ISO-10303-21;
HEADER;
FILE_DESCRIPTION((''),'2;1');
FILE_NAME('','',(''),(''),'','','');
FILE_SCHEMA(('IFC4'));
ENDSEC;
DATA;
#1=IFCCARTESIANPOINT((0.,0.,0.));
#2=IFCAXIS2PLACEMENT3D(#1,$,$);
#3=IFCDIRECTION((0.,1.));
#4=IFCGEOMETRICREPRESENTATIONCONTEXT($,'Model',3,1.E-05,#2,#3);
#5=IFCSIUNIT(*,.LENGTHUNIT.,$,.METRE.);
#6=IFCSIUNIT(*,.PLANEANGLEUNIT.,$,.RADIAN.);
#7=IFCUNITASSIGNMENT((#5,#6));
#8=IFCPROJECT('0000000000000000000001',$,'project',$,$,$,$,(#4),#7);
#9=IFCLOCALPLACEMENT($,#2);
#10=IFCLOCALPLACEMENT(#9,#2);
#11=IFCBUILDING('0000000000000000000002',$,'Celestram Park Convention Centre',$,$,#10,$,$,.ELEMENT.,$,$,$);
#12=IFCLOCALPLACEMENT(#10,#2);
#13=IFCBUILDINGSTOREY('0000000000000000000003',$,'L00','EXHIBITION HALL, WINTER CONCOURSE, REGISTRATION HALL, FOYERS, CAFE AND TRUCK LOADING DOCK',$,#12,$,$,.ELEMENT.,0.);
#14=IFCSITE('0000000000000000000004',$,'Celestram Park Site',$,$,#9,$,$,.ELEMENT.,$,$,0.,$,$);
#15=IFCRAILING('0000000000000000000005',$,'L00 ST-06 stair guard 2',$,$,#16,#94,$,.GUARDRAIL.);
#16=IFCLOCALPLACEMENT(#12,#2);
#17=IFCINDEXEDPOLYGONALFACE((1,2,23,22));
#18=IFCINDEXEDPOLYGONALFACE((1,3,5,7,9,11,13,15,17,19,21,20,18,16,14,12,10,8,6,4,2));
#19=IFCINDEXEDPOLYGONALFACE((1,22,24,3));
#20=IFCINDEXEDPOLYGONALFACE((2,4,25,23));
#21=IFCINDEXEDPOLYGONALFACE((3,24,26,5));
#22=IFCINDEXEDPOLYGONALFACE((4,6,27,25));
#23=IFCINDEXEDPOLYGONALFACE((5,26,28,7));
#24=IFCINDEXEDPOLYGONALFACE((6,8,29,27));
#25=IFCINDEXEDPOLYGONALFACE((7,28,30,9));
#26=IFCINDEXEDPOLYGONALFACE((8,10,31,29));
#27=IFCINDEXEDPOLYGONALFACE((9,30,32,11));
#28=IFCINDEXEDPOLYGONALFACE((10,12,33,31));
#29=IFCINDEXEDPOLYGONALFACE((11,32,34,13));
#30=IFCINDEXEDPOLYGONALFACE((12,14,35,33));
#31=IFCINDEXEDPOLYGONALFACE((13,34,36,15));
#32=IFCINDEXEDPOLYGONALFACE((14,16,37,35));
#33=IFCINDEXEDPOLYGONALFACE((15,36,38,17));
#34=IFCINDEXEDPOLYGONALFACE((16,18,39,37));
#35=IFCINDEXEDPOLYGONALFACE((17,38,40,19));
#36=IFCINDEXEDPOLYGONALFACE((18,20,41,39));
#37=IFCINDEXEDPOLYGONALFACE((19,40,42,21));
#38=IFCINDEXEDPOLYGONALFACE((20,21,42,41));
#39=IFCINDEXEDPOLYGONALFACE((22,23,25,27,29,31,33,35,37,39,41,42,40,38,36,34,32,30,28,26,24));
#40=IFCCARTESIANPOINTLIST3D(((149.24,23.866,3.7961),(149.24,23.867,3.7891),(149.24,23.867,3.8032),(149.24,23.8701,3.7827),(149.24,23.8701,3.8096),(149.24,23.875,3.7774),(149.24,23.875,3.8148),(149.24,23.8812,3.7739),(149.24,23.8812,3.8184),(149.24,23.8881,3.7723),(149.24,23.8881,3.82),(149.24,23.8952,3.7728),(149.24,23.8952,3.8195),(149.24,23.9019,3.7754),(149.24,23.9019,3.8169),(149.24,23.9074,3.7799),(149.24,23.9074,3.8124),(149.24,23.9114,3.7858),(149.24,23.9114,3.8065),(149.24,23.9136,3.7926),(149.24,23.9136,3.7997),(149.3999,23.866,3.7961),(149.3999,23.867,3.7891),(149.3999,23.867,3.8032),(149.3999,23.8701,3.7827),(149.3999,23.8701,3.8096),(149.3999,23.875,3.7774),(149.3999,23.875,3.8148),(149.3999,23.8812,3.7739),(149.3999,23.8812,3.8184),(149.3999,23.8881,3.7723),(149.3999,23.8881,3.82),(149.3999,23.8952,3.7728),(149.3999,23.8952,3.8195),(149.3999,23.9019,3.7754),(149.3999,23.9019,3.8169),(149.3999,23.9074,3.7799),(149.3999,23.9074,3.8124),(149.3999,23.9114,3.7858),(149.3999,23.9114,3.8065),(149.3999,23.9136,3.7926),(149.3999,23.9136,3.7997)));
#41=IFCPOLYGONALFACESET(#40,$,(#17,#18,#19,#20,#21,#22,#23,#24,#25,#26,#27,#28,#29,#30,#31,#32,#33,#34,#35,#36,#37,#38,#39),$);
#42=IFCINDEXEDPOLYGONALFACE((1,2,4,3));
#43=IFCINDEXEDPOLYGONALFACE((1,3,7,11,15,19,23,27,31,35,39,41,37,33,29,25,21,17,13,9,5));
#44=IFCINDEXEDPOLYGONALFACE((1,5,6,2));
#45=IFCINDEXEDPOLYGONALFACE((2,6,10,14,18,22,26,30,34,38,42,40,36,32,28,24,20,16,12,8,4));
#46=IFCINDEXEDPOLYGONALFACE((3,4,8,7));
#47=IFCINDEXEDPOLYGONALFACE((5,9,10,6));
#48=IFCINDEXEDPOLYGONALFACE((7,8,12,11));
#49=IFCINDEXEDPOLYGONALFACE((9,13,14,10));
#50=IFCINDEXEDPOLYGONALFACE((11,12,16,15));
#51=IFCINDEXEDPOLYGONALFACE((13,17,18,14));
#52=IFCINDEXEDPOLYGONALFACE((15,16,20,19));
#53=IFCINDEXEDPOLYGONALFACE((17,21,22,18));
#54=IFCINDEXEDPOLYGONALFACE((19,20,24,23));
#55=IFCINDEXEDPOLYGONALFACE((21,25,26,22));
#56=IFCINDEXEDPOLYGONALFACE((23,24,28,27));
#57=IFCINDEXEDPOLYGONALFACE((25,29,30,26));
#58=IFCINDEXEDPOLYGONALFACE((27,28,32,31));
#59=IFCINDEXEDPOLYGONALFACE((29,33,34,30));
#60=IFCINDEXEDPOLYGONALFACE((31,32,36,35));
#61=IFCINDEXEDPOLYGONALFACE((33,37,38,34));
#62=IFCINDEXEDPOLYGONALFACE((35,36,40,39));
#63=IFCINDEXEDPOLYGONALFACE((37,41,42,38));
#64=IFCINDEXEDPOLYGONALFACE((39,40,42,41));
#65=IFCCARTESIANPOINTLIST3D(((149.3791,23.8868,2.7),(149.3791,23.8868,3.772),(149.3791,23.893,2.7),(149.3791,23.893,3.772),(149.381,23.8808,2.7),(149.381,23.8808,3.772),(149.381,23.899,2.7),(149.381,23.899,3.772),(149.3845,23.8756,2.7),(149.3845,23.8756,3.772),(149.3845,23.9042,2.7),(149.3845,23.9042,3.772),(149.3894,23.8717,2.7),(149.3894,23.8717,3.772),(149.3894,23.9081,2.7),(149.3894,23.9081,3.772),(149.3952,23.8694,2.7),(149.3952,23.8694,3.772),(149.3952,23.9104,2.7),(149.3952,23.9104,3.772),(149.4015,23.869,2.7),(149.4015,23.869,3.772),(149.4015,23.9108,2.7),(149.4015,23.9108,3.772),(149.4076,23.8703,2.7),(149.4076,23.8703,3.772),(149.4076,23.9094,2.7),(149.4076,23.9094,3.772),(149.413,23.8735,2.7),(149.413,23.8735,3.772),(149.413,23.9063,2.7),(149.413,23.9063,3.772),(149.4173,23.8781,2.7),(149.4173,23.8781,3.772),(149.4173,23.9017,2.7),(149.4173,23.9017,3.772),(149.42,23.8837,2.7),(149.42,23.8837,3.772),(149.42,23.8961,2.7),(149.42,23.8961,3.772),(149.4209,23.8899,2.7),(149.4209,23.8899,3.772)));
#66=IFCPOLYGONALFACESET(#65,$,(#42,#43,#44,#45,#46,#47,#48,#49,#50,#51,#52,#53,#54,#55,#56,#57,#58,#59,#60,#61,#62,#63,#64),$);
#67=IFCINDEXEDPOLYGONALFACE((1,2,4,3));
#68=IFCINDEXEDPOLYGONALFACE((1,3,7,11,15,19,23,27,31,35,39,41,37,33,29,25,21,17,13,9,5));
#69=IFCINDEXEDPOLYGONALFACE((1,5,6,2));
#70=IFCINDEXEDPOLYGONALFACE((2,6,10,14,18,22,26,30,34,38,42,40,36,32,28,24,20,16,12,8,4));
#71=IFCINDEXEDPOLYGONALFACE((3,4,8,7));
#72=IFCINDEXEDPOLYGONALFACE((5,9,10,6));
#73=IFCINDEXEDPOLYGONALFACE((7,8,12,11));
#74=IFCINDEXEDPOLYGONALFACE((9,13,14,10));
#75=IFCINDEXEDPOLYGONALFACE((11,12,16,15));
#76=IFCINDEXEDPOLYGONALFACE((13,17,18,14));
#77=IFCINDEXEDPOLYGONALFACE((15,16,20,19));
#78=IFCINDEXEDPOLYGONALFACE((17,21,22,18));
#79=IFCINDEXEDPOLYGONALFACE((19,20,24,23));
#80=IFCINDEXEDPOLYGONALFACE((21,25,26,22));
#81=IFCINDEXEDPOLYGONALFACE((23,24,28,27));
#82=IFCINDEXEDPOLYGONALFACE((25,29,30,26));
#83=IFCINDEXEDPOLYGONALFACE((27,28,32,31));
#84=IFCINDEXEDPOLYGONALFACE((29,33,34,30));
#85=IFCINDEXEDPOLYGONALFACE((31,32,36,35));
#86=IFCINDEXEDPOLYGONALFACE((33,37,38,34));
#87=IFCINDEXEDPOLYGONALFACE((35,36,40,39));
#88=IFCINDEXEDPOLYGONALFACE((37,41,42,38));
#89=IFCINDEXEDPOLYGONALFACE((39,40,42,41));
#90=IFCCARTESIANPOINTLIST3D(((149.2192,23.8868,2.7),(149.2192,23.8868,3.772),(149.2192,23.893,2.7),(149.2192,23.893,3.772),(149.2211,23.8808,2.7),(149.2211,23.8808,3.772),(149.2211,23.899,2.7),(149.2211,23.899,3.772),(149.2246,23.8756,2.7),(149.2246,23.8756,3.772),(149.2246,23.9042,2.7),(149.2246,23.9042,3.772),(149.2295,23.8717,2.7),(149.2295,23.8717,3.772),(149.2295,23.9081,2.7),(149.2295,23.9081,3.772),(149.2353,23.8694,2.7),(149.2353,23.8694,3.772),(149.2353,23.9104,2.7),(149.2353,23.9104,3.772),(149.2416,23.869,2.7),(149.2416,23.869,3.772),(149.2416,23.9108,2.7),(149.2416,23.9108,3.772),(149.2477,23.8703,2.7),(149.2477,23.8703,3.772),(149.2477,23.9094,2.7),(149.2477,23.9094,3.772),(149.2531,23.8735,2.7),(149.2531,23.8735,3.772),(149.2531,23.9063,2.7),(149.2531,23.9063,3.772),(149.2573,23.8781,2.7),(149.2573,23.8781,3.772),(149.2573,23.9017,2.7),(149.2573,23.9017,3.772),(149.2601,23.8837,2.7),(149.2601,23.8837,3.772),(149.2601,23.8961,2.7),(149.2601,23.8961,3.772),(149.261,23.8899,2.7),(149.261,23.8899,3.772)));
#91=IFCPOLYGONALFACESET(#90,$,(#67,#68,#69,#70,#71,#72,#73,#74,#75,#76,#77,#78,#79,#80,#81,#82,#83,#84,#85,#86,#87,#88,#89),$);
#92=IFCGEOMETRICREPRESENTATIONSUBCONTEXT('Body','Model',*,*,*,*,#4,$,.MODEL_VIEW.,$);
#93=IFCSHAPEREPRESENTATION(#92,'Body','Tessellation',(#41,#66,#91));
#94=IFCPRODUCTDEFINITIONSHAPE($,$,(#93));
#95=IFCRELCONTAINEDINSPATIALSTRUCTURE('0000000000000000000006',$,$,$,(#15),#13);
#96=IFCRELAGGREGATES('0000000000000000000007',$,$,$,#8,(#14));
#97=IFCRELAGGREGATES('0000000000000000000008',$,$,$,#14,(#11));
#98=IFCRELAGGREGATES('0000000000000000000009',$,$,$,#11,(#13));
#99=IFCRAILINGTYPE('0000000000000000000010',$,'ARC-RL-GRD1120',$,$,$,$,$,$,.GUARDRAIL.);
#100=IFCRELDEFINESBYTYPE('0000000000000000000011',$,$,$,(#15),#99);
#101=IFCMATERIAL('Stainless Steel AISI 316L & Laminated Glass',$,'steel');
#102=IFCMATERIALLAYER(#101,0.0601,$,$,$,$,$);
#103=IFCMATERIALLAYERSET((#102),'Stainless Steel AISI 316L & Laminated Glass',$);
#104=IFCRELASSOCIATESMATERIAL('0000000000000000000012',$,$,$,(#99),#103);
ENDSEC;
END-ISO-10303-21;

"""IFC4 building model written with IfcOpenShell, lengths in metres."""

from ifc_helpers import new_model, si_unit, direction, frame, origin, origin_2d, place, context, subcontext, project, spatial, circle, extrude, material, layer, layer_set, type_object, element, save


model = new_model("IFC4")

# Units and contexts
model_context = context("Model", 3, precision=1e-05, world=origin(), true_north=direction((0.0, 1.0)))
body_context = subcontext(model_context, "Body", "Model", "MODEL_VIEW")
ifc_project = project(units=[si_unit("LENGTHUNIT", "METRE"), si_unit("PLANEANGLEUNIT", "RADIAN")], contexts=[model_context])

# Site, building, storey
site_placement = place(None, origin())
site = spatial("IfcSite", under=ifc_project, at=site_placement, Name="Celestram Park Site", CompositionType="ELEMENT", RefElevation=0.0)
building_placement = place(site_placement, origin())
building = spatial("IfcBuilding", under=site, at=building_placement, Name="Celestram Park Convention Centre", CompositionType="ELEMENT")
storey_placement = place(building_placement, origin())
storey = spatial("IfcBuildingStorey", under=building, at=storey_placement, Name="L00", Description="EXHIBITION HALL, WINTER CONCOURSE, REGISTRATION HALL, FOYERS, CAFE AND TRUCK LOADING DOCK", CompositionType="ELEMENT", Elevation=0.0)

# Railing
ifc_material_1 = material(Name="Stainless Steel AISI 316L & Laminated Glass", Category="steel")
ifc_layer_1 = layer(ifc_material_1, 0.0601)
ifc_layer_set_1 = layer_set([ifc_layer_1], Name="Stainless Steel AISI 316L & Laminated Glass")
railing_type_1 = type_object("IfcRailingType", Name="ARC-RL-GRD1120", PredefinedType="GUARDRAIL", material=ifc_layer_set_1)
railing_1_placement = place(storey_placement, frame((149.3999, 23.8899, 2.7)))
element("IfcRailing", 1, at=railing_1_placement, inside=storey, type_object=railing_type_1, Name="L00 ST-06 stair guard 2", PredefinedType="GUARDRAIL", context=body_context, shape_type="SweptSolid", body=[
    extrude(circle(Radius=0.0239, at=origin_2d()), frame((0.0, 0.0, 1.0962), z_axis=(-1.0, 0.0, 0.0), x_axis=(0.0, -1.0, 0.0)), (0.0, 0.0, 1.0), 0.1599),
    extrude(circle(Radius=0.021, at=origin_2d()), origin(), (0.0, 0.0, 1.0), 1.072),
    extrude(circle(Radius=0.021, at=origin_2d()), frame((-0.1599, 0.0, 0.0)), (0.0, 0.0, 1.0), 1.072),
])

save(model, "model.ifc")
